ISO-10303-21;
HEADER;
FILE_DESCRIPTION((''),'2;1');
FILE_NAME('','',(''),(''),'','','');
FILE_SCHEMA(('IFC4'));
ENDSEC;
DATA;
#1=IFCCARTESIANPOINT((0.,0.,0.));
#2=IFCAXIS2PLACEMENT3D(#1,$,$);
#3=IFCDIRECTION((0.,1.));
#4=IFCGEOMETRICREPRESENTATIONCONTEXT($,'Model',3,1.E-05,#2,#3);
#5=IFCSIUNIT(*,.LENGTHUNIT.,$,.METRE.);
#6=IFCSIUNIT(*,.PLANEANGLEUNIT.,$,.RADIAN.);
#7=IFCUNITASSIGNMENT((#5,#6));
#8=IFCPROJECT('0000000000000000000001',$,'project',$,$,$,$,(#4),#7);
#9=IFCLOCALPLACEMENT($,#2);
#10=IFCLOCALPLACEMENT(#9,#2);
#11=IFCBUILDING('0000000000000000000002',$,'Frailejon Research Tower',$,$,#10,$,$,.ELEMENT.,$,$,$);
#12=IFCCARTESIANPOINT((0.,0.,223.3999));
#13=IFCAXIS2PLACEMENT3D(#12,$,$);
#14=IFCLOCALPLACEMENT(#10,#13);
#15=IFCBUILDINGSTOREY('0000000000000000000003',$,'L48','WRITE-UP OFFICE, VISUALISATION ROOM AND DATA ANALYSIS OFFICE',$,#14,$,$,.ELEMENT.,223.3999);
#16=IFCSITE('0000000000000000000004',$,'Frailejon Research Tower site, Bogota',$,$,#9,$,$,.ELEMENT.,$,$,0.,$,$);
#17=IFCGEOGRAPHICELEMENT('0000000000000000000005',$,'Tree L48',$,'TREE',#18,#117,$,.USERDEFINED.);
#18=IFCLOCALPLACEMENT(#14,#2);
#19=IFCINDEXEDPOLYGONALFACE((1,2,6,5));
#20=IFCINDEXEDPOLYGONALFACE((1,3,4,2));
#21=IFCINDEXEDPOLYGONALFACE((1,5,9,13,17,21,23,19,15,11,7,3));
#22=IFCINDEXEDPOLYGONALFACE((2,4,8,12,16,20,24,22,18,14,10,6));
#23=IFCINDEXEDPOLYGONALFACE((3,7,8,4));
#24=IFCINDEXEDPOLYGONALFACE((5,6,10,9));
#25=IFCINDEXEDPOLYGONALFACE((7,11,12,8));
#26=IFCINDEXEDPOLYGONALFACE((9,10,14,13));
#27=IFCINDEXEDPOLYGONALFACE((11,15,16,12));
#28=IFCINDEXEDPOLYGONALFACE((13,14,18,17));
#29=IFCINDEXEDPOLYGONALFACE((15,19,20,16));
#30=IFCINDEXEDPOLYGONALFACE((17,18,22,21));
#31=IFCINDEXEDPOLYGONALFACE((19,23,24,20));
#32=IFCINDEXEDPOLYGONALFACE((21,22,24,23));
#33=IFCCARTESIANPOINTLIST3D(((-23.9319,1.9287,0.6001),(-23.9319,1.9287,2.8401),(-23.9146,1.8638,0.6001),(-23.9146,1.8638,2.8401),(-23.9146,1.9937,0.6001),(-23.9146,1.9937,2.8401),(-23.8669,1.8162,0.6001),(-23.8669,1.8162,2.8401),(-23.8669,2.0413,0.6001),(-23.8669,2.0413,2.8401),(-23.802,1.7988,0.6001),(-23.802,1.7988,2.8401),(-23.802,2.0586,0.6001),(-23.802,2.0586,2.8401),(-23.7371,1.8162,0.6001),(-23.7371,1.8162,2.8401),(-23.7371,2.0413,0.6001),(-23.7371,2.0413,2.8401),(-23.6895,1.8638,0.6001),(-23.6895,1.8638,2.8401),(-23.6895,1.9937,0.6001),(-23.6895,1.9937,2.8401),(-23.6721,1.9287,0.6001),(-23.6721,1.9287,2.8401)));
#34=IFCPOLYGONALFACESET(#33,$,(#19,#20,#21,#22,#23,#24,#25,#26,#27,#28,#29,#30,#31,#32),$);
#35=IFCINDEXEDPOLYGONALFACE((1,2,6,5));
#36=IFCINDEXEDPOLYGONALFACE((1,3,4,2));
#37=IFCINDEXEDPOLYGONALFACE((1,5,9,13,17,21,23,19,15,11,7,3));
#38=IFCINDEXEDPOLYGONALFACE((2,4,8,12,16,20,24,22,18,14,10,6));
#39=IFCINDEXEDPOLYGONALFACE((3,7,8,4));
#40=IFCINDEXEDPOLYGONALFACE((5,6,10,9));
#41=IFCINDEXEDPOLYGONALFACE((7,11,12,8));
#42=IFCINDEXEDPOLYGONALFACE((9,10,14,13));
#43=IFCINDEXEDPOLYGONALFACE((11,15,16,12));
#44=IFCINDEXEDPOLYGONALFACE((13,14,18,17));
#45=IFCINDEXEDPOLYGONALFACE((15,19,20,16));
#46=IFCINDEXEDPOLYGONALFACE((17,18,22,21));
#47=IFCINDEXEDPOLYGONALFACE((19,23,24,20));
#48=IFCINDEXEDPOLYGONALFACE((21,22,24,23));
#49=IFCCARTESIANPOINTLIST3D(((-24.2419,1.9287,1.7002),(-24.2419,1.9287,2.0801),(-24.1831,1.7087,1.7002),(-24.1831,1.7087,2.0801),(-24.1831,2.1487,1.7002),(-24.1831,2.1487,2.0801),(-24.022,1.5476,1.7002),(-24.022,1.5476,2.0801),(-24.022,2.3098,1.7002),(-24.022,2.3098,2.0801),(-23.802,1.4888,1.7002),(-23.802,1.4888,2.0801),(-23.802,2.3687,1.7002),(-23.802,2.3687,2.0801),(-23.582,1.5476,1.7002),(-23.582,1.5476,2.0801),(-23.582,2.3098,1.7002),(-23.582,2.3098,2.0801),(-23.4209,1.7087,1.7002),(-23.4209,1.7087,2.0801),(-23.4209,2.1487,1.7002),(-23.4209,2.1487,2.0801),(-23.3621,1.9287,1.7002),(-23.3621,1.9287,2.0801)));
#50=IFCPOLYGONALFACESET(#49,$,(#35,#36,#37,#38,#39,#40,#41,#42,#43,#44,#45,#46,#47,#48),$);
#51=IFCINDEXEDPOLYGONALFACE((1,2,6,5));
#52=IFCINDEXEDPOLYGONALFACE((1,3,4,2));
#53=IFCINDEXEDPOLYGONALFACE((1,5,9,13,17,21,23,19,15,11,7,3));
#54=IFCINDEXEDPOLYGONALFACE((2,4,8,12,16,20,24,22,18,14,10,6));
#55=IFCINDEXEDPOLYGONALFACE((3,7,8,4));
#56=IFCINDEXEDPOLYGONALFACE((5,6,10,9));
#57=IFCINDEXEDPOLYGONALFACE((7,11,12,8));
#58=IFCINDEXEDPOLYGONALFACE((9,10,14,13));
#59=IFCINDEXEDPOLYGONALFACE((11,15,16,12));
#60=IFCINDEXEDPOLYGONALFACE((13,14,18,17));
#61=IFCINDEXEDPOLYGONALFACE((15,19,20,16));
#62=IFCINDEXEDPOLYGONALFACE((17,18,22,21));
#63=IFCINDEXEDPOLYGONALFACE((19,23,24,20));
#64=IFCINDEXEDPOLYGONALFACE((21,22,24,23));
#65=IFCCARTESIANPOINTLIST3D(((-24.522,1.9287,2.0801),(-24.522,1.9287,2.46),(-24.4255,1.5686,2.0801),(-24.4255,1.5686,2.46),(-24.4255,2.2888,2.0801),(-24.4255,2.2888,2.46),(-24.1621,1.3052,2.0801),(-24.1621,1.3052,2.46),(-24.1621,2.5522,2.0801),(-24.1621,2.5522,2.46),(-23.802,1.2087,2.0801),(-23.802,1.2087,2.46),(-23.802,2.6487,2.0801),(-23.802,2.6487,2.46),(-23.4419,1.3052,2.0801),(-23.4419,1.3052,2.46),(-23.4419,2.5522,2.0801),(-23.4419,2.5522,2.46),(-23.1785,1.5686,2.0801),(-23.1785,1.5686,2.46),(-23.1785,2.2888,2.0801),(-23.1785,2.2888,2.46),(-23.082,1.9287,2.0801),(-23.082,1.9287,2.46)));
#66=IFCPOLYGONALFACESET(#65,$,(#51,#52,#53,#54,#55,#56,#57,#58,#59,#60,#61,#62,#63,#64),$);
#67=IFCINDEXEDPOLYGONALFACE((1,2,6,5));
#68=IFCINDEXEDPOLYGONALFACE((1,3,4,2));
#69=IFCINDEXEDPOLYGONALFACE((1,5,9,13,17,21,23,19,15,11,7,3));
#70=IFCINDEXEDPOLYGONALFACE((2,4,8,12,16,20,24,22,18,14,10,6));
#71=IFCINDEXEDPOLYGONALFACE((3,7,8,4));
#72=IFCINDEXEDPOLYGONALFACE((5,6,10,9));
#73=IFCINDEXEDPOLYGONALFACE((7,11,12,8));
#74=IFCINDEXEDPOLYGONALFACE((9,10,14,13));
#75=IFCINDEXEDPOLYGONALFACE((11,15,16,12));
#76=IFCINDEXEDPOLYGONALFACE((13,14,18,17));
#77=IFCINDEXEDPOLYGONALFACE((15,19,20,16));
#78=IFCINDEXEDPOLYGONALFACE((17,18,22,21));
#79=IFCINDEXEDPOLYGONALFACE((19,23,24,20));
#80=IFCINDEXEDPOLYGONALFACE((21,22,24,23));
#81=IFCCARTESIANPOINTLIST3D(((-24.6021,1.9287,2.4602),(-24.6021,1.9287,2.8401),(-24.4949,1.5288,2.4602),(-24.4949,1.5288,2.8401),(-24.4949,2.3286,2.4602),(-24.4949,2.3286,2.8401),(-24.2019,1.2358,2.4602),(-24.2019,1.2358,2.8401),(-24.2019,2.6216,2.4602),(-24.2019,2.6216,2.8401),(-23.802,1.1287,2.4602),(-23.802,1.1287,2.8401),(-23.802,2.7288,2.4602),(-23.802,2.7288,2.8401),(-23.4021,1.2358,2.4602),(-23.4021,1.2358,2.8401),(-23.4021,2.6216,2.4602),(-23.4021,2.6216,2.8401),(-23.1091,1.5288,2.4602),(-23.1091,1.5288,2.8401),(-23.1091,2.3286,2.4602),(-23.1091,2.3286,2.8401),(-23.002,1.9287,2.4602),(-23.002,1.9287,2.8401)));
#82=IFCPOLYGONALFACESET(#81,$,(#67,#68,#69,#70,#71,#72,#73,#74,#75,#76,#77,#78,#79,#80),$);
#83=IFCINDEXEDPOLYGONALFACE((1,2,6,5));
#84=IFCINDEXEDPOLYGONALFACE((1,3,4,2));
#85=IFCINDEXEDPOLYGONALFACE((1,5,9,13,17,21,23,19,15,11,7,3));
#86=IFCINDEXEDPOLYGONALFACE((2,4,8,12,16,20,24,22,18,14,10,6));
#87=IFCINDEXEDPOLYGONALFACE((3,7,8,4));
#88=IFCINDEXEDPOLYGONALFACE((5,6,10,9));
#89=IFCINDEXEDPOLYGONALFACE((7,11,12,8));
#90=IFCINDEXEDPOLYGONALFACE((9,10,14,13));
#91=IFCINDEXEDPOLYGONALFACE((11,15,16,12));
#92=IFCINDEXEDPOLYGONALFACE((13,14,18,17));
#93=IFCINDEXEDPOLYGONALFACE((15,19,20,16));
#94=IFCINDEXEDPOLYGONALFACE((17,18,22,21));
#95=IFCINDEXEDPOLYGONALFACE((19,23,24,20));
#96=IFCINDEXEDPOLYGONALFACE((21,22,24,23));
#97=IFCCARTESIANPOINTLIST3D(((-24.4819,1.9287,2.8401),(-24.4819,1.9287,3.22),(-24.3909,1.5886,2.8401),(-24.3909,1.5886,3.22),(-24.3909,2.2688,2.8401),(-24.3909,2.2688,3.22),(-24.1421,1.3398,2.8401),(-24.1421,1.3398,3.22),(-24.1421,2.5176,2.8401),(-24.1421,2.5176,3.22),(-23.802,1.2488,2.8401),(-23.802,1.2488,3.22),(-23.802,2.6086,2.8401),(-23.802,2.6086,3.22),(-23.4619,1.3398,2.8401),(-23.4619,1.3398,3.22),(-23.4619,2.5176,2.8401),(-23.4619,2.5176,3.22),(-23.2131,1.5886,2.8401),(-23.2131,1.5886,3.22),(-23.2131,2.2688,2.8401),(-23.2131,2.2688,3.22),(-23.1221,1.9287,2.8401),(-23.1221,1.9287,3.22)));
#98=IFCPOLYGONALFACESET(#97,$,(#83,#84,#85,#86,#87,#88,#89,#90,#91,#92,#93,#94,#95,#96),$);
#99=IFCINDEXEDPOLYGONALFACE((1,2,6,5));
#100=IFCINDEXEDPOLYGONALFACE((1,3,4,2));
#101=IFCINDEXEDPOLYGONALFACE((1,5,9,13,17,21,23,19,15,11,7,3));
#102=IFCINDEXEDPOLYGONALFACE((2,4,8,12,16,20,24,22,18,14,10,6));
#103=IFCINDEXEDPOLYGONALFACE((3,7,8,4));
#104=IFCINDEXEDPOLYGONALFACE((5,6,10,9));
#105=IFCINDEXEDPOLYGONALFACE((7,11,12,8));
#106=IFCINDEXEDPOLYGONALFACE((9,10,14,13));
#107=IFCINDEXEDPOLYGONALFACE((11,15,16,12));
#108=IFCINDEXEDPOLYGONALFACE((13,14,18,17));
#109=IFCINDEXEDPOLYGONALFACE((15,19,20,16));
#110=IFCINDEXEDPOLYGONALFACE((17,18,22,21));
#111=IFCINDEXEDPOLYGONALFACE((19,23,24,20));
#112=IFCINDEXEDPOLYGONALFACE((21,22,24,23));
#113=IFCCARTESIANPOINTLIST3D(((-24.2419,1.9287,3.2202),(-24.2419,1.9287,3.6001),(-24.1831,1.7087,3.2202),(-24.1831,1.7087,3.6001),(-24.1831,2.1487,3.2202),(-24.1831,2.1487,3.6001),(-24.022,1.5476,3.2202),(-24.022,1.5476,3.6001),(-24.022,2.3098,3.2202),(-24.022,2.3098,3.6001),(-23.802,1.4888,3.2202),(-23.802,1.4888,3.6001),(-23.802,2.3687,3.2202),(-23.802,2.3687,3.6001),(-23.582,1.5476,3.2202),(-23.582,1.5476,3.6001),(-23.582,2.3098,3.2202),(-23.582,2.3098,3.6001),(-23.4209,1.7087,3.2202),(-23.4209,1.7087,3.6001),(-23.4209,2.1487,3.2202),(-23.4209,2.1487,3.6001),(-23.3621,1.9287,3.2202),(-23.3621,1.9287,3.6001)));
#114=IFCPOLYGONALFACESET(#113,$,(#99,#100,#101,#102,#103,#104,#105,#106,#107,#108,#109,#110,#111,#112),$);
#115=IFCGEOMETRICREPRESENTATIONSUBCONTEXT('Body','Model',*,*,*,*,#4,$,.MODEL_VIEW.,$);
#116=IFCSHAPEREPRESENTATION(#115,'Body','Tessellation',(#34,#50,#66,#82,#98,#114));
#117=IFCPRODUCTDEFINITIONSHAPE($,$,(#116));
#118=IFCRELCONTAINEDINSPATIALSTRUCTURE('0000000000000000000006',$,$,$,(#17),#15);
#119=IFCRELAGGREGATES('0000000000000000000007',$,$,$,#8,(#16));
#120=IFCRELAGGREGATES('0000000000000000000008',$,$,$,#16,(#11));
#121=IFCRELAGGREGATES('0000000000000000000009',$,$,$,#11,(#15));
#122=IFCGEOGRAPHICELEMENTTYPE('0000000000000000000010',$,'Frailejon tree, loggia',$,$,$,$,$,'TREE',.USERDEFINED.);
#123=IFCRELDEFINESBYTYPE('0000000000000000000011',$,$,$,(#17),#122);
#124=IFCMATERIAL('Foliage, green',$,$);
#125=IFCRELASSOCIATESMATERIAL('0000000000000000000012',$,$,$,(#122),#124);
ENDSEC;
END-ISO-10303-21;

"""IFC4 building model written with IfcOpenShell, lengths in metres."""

from ifc_helpers import new_model, si_unit, direction, frame, origin, place, context, subcontext, project, spatial, polyline, outline, extrude, material, type_object, element, save


model = new_model("IFC4")

# Units and contexts
model_context = context("Model", 3, precision=1e-05, world=origin(), true_north=direction((0.0, 1.0)))
body_context = subcontext(model_context, "Body", "Model", "MODEL_VIEW")
ifc_project = project(units=[si_unit("LENGTHUNIT", "METRE"), si_unit("PLANEANGLEUNIT", "RADIAN")], contexts=[model_context])

# Site, building, storey
site_placement = place(None, origin())
site = spatial("IfcSite", under=ifc_project, at=site_placement, Name="Frailejon Research Tower site, Bogota", CompositionType="ELEMENT", RefElevation=0.0)
building_placement = place(site_placement, origin())
building = spatial("IfcBuilding", under=site, at=building_placement, Name="Frailejon Research Tower", CompositionType="ELEMENT")
storey_placement = place(building_placement, frame((0.0, 0.0, 223.3999)))
storey = spatial("IfcBuildingStorey", under=building, at=storey_placement, Name="L48", Description="WRITE-UP OFFICE, VISUALISATION ROOM AND DATA ANALYSIS OFFICE", CompositionType="ELEMENT", Elevation=223.3999)

# Geographic element
ifc_material_1 = material(Name="Foliage, green")
geographic_element_type = type_object("IfcGeographicElementType", Name="Frailejon tree, loggia", ElementType="TREE", PredefinedType="USERDEFINED", material=ifc_material_1)
geographic_element_placement = place(storey_placement, frame((-23.802, 1.9287, 0.6001)))
element("IfcGeographicElement", 1, at=geographic_element_placement, inside=storey, type_object=geographic_element_type, Name="Tree L48", ObjectType="TREE", PredefinedType="USERDEFINED", context=body_context, shape_type="SweptSolid", body=[
    extrude(outline(polyline([(0.1299, 0.0), (0.1125, 0.0649), (0.0649, 0.1125), (0.0, 0.1299), (-0.0649, 0.1125), (-0.1125, 0.0649), (-0.1299, 0.0), (-0.1125, -0.0649), (-0.0649, -0.1125), (0.0, -0.1299), (0.0649, -0.1125), (0.1125, -0.0649), (0.1299, 0.0)])), origin(), (0.0, 0.0, 1.0), 2.24),
    extrude(outline(polyline([(0.4399, 0.0), (0.3811, 0.22), (0.22, 0.3811), (0.0, 0.4399), (-0.22, 0.3811), (-0.3811, 0.22), (-0.4399, 0.0), (-0.3811, -0.22), (-0.22, -0.3811), (0.0, -0.4399), (0.22, -0.3811), (0.3811, -0.22), (0.4399, 0.0)])), frame((0.0, 0.0, 1.1001)), (0.0, 0.0, 1.0), 0.3799),
    extrude(outline(polyline([(0.72, 0.0), (0.6235, 0.3601), (0.3601, 0.6235), (0.0, 0.72), (-0.3601, 0.6235), (-0.6235, 0.3601), (-0.72, 0.0), (-0.6235, -0.3601), (-0.3601, -0.6235), (0.0, -0.72), (0.3601, -0.6235), (0.6235, -0.3601), (0.72, 0.0)])), frame((0.0, 0.0, 1.48)), (0.0, 0.0, 1.0), 0.3799),
    extrude(outline(polyline([(0.8, 0.0), (0.6929, 0.3999), (0.3999, 0.6929), (0.0, 0.8), (-0.3999, 0.6929), (-0.6929, 0.3999), (-0.8, 0.0), (-0.6929, -0.3999), (-0.3999, -0.6929), (0.0, -0.8), (0.3999, -0.6929), (0.6929, -0.3999), (0.8, 0.0)])), frame((0.0, 0.0, 1.8601)), (0.0, 0.0, 1.0), 0.3799),
    extrude(outline(polyline([(0.6799, 0.0), (0.5889, 0.3401), (0.3401, 0.5889), (0.0, 0.6799), (-0.3401, 0.5889), (-0.5889, 0.3401), (-0.6799, 0.0), (-0.5889, -0.3401), (-0.3401, -0.5889), (0.0, -0.6799), (0.3401, -0.5889), (0.5889, -0.3401), (0.6799, 0.0)])), frame((0.0, 0.0, 2.24)), (0.0, 0.0, 1.0), 0.3799),
    extrude(outline(polyline([(0.4399, 0.0), (0.3811, 0.22), (0.22, 0.3811), (0.0, 0.4399), (-0.22, 0.3811), (-0.3811, 0.22), (-0.4399, 0.0), (-0.3811, -0.22), (-0.22, -0.3811), (0.0, -0.4399), (0.22, -0.3811), (0.3811, -0.22), (0.4399, 0.0)])), frame((0.0, 0.0, 2.6201)), (0.0, 0.0, 1.0), 0.3799),
])

save(model, "model.ifc")
